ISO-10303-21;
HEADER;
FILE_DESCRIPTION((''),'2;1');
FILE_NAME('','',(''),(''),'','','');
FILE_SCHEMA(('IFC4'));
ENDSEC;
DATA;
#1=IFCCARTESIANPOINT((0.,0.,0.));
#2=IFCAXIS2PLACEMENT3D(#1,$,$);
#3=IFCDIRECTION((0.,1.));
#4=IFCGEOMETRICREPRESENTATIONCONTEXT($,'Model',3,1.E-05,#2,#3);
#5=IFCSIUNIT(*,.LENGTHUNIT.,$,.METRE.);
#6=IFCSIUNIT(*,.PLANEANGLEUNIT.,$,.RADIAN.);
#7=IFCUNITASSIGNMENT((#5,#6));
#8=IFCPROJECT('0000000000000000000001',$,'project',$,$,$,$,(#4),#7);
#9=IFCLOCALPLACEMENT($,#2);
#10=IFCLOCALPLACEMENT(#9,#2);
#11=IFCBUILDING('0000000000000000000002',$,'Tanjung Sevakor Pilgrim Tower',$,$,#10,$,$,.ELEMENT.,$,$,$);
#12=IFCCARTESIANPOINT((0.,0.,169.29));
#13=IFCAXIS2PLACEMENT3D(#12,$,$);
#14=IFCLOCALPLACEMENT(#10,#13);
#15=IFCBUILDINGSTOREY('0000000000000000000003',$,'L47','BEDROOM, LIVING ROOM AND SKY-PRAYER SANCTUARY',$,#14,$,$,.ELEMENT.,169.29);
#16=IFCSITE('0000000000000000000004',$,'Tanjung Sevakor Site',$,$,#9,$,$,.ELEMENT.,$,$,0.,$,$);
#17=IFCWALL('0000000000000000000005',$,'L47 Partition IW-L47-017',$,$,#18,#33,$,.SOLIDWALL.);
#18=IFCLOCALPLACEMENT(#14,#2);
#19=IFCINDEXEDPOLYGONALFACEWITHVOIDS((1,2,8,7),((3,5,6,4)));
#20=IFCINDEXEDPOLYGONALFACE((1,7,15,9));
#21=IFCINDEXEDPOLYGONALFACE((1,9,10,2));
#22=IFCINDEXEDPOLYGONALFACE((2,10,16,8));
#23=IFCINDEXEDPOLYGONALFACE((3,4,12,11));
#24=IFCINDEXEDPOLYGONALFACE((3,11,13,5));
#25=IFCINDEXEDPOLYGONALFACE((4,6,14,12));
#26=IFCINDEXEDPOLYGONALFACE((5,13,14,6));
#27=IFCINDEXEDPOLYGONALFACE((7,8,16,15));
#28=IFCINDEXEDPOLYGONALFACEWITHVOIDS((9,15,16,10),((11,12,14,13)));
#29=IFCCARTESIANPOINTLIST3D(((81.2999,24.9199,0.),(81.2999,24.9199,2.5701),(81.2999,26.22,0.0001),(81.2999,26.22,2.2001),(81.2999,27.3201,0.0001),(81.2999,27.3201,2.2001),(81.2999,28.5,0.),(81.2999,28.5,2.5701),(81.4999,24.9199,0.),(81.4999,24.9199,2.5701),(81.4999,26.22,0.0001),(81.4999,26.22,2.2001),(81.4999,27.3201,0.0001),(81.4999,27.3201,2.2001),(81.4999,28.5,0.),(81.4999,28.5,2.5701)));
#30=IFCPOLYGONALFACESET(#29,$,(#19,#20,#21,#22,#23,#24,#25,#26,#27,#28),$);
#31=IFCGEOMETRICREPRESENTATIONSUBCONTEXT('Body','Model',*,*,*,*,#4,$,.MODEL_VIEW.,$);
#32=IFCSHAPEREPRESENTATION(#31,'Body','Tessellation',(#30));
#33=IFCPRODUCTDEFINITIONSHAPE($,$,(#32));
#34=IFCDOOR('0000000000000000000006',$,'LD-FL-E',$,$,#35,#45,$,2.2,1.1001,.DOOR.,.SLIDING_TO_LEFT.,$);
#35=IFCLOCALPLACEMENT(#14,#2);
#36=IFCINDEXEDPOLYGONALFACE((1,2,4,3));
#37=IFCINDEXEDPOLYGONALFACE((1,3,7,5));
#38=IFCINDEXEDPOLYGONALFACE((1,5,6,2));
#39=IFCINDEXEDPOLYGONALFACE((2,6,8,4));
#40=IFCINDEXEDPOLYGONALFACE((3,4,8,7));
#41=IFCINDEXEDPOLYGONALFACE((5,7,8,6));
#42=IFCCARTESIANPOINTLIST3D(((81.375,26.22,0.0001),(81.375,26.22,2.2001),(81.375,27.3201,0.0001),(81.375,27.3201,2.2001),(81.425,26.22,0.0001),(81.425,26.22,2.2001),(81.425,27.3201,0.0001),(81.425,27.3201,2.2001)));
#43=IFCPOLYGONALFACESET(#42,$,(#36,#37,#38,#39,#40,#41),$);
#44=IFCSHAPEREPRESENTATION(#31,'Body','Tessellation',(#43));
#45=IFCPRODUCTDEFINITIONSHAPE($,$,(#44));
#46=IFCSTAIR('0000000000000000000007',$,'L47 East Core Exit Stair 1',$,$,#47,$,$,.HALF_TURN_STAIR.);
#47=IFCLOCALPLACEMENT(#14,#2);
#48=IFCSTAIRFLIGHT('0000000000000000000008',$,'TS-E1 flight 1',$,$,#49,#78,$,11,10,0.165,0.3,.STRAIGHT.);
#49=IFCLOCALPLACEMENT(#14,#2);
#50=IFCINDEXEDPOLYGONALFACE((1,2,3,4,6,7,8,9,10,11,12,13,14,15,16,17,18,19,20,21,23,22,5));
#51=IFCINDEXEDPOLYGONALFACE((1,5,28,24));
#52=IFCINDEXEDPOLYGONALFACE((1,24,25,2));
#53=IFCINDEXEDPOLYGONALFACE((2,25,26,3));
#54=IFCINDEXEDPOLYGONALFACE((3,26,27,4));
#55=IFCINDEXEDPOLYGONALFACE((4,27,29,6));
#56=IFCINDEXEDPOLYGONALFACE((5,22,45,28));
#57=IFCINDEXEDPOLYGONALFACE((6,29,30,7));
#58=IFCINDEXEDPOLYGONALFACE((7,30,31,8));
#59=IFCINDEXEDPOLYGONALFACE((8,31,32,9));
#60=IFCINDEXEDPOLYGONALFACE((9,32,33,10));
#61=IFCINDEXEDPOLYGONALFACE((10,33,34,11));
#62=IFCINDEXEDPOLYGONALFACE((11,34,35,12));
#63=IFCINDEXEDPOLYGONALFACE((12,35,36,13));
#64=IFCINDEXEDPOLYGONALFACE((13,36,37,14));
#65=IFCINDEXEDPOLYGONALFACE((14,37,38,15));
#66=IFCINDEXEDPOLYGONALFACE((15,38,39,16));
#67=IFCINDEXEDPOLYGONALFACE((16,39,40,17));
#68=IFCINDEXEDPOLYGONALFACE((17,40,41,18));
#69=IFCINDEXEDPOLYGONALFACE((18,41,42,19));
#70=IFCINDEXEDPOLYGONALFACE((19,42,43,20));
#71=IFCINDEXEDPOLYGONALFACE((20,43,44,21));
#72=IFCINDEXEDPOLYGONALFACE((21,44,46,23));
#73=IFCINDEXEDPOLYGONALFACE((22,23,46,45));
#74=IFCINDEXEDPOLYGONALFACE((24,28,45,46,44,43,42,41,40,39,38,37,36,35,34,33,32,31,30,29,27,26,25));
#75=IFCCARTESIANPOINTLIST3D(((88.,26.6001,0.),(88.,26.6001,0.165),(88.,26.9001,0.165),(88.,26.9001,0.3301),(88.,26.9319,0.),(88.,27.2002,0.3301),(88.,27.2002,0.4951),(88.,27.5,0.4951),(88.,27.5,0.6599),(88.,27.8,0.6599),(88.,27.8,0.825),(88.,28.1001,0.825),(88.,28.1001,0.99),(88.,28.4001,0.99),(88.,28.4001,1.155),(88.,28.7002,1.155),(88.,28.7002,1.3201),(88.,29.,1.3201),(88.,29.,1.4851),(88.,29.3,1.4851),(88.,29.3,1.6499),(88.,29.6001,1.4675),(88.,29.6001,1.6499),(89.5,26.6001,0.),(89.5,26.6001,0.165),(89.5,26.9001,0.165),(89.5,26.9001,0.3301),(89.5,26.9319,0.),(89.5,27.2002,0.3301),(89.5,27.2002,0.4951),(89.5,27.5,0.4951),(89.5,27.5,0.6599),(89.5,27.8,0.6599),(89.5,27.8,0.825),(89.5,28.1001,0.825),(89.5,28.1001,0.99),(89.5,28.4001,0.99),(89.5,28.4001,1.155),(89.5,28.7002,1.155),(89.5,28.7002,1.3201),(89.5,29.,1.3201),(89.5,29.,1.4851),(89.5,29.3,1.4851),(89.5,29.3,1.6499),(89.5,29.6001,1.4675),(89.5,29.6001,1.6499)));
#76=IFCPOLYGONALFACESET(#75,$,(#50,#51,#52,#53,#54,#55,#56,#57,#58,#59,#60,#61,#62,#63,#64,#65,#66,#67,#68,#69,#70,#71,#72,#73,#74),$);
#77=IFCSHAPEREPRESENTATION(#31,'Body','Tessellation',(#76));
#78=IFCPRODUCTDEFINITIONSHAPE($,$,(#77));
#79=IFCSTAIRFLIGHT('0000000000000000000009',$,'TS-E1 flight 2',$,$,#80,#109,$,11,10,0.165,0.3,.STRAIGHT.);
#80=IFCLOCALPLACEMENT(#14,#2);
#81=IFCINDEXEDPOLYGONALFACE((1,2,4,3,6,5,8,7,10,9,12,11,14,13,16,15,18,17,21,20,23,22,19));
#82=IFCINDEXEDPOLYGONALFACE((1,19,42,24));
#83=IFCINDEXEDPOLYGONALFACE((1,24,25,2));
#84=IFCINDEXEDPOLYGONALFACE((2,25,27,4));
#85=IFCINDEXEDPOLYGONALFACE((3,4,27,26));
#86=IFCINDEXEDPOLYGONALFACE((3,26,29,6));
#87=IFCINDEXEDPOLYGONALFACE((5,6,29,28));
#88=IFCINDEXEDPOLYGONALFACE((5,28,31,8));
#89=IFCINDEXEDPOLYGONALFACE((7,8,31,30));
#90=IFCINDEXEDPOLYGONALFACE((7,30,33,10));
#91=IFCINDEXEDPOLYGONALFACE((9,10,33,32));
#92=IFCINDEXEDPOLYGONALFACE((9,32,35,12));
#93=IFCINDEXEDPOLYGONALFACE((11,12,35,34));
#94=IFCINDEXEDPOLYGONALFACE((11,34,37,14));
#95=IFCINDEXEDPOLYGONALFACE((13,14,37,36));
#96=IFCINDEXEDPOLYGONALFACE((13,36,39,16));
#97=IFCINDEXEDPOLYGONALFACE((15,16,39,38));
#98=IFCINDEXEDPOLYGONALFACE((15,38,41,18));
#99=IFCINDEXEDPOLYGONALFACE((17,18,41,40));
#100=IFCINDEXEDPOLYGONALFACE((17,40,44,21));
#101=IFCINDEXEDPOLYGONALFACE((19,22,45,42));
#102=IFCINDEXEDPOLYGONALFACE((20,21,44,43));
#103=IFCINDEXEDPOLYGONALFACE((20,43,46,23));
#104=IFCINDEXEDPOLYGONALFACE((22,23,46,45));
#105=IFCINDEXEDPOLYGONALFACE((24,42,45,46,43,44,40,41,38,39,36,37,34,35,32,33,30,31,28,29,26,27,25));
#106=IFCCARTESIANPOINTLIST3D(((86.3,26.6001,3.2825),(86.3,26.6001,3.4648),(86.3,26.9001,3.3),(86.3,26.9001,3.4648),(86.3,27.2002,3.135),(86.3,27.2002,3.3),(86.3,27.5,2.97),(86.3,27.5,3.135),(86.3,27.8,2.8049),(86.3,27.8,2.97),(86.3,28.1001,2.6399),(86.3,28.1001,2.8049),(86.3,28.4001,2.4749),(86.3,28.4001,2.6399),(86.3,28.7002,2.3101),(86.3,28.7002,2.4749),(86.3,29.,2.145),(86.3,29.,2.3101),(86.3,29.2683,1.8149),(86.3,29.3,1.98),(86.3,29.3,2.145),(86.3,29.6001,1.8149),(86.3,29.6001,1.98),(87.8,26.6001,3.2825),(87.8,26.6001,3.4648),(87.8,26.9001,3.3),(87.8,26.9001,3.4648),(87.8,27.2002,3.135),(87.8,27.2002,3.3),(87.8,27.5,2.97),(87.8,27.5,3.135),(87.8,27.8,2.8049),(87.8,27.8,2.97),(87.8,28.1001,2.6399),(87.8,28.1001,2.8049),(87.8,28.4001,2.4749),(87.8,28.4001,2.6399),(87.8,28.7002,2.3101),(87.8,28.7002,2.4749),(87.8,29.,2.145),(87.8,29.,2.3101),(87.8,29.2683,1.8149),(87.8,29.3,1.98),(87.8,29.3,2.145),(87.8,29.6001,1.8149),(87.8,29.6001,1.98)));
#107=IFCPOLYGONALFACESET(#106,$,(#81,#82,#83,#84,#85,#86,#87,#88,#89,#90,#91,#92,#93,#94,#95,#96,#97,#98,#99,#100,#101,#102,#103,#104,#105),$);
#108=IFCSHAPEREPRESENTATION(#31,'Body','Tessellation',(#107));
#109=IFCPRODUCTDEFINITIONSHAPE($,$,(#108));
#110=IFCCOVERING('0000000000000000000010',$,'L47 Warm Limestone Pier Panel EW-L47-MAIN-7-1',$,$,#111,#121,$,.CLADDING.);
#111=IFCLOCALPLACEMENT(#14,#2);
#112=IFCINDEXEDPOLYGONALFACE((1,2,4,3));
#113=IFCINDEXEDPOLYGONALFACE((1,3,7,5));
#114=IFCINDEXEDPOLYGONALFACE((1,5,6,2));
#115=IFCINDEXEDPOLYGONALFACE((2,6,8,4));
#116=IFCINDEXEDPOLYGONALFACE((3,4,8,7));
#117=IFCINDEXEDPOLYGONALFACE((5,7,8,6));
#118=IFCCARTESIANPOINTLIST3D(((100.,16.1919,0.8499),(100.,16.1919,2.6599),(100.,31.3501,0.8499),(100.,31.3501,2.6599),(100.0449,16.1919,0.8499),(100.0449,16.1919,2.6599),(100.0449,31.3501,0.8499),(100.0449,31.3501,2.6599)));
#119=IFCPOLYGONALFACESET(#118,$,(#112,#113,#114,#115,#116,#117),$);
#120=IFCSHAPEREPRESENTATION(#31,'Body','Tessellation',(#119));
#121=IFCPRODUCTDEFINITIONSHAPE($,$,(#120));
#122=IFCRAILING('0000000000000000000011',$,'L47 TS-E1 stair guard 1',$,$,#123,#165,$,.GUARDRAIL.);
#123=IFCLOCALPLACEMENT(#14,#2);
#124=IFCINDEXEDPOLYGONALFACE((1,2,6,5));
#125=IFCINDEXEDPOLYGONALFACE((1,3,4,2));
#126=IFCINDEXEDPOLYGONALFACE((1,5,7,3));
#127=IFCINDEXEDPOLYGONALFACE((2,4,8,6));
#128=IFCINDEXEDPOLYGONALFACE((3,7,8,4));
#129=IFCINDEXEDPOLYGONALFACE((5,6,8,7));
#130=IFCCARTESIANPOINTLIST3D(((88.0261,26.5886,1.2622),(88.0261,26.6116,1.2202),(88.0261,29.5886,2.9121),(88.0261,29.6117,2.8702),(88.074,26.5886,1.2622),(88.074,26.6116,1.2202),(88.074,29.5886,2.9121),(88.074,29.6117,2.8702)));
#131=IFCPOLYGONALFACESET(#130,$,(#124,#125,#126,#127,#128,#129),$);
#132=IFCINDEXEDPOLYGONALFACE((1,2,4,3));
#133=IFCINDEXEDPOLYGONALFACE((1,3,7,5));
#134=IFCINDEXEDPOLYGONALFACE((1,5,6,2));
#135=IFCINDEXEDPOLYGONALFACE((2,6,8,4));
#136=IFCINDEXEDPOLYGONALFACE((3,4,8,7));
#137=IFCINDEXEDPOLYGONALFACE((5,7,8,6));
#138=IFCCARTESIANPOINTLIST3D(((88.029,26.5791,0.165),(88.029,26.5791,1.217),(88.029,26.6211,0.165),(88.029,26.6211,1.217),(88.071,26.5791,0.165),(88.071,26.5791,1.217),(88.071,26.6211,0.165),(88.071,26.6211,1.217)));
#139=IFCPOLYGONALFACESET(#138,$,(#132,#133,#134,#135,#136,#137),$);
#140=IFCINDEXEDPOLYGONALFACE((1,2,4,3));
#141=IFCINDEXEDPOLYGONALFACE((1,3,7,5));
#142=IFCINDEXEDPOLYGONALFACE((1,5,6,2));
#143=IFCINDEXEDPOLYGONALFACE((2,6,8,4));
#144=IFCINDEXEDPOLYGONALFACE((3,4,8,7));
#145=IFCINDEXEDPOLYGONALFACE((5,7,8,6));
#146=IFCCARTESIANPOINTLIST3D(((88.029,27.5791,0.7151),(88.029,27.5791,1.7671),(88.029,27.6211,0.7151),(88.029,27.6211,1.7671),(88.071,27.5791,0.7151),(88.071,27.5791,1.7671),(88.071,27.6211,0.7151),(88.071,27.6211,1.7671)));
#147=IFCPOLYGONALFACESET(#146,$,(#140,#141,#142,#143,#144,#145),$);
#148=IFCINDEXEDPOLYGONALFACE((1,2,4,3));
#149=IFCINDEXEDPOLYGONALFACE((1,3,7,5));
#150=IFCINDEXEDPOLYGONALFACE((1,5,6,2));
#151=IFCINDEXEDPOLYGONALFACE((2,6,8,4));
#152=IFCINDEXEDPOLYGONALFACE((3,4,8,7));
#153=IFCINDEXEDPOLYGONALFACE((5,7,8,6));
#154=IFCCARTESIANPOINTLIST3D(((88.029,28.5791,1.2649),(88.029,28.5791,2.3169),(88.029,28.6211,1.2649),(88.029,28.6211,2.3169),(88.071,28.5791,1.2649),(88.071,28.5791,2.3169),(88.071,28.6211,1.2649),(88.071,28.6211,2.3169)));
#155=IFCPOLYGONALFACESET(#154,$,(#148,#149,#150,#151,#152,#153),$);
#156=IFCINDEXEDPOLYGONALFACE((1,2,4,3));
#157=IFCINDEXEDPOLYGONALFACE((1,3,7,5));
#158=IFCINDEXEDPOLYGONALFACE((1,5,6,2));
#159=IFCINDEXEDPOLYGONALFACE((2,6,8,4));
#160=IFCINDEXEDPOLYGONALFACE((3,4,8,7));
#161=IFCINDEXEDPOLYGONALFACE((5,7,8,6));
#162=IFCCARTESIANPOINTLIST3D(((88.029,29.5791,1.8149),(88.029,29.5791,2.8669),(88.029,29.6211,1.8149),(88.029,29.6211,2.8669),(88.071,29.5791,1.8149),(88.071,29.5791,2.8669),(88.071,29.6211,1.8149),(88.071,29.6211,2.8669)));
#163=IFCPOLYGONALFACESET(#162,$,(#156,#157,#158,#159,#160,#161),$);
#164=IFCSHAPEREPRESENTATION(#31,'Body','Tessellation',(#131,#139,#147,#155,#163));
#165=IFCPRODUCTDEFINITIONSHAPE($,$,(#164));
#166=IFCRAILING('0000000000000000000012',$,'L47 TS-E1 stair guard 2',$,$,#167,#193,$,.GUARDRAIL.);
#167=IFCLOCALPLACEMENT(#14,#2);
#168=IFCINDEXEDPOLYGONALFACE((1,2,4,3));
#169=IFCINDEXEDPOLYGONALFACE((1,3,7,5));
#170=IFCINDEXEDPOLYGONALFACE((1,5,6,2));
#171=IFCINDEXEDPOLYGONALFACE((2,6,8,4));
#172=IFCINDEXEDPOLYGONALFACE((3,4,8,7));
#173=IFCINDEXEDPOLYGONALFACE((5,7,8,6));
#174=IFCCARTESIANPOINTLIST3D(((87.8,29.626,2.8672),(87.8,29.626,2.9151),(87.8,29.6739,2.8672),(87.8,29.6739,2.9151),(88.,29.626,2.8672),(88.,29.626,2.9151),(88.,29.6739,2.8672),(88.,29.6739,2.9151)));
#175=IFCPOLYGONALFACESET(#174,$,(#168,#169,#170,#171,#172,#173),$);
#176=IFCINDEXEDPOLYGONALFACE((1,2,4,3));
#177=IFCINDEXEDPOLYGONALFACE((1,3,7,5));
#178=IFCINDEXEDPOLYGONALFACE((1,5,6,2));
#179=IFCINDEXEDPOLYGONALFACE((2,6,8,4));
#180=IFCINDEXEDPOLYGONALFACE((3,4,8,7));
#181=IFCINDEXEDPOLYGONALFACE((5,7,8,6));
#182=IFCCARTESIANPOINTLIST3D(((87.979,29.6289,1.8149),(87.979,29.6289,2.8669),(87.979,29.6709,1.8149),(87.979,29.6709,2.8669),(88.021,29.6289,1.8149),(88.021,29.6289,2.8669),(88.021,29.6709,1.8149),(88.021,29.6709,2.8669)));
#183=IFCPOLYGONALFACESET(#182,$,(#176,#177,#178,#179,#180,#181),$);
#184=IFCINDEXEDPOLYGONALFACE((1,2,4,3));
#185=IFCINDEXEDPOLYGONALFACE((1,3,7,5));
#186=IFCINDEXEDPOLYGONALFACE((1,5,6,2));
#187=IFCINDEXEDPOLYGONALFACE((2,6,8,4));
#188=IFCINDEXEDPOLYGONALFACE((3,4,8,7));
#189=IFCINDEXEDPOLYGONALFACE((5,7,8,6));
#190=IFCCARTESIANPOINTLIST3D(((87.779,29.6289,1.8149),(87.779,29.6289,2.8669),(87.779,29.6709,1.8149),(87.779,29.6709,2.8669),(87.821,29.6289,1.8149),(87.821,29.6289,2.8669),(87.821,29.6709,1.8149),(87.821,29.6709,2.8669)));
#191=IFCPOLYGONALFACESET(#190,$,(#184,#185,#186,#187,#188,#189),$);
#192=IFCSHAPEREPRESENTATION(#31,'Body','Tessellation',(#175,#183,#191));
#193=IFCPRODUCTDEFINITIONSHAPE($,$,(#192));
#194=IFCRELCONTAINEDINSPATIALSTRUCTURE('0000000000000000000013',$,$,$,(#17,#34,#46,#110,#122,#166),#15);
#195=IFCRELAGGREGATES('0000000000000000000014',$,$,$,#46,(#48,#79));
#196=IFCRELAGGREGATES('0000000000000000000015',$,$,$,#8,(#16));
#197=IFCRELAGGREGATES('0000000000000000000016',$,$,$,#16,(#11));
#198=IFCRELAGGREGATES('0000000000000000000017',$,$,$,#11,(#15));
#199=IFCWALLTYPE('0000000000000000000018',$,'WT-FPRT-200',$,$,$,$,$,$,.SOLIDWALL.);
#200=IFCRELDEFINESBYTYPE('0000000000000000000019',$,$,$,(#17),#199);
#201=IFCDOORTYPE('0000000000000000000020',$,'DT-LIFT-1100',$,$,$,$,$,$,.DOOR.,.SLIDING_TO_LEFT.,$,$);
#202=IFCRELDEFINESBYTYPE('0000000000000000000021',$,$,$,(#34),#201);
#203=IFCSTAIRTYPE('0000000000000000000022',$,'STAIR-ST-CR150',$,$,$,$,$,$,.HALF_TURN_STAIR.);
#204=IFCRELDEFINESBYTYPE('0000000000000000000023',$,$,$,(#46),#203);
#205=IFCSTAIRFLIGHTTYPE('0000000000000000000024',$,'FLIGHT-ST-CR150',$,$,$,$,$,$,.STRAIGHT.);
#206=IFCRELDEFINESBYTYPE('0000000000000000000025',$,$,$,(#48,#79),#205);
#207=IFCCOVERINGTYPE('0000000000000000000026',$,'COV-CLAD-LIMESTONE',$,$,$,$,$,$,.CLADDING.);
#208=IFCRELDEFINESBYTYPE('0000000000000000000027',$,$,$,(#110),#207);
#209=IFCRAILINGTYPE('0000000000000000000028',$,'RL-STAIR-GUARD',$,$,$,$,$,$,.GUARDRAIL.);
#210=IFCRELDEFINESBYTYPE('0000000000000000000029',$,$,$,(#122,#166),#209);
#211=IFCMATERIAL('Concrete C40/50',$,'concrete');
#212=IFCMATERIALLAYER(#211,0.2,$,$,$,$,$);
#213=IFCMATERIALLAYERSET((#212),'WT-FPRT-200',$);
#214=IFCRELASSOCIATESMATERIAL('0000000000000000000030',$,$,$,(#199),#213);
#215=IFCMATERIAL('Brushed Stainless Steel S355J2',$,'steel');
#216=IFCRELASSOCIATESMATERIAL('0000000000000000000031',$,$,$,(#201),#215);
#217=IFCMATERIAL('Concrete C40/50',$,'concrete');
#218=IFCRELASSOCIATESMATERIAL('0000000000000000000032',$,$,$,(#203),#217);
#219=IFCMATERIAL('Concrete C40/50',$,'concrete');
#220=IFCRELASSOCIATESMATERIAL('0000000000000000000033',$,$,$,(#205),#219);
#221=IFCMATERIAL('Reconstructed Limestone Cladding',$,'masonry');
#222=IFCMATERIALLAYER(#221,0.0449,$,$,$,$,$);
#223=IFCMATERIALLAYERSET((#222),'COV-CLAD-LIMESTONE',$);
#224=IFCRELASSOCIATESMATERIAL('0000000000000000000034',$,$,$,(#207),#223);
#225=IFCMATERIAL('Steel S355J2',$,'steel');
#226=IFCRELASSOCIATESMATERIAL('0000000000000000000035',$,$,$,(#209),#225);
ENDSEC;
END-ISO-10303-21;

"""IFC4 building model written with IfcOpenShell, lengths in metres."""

from ifc_helpers import new_model, si_unit, direction, frame, frame_2d, origin, origin_2d, place, context, subcontext, project, spatial, polyline, rectangle, outline, extrude, material, layer, layer_set, type_object, element, fill, aggregate, save


model = new_model("IFC4")

# Units and contexts
model_context = context("Model", 3, precision=1e-05, world=origin(), true_north=direction((0.0, 1.0)))
body_context = subcontext(model_context, "Body", "Model", "MODEL_VIEW")
ifc_project = project(units=[si_unit("LENGTHUNIT", "METRE"), si_unit("PLANEANGLEUNIT", "RADIAN")], contexts=[model_context])

# Site, building, storey
site_placement = place(None, origin())
site = spatial("IfcSite", under=ifc_project, at=site_placement, Name="Tanjung Sevakor Site", CompositionType="ELEMENT", RefElevation=0.0)
building_placement = place(site_placement, origin())
building = spatial("IfcBuilding", under=site, at=building_placement, Name="Tanjung Sevakor Pilgrim Tower", CompositionType="ELEMENT")
storey_placement = place(building_placement, frame((0.0, 0.0, 169.29)))
storey = spatial("IfcBuildingStorey", under=building, at=storey_placement, Name="L47", Description="BEDROOM, LIVING ROOM AND SKY-PRAYER SANCTUARY", CompositionType="ELEMENT", Elevation=169.29)

# Wall, opening, door
ifc_material_1 = material(Name="Concrete C40/50", Category="concrete")
ifc_layer_1 = layer(ifc_material_1, 0.2)
ifc_layer_set_1 = layer_set([ifc_layer_1], Name="WT-FPRT-200")
wall_type_1 = type_object("IfcWallType", Name="WT-FPRT-200", PredefinedType="SOLIDWALL", material=ifc_layer_set_1)
wall_1_placement = place(storey_placement, frame((81.3999, 24.9199, 0.0), z_axis=(0.0, 0.0, 1.0), x_axis=(0.0, 1.0, 0.0)))
wall_1 = element("IfcWall", 1, at=wall_1_placement, inside=storey, type_object=wall_type_1, Name="L47 Partition IW-L47-017", PredefinedType="SOLIDWALL", context=body_context, shape_type="SweptSolid", body=[
    extrude(rectangle(XDim=3.5801, YDim=0.2, at=frame_2d((1.79, 0.0))), origin(), (0.0, 0.0, 1.0), 2.5701),
])
opening_1_placement = place(wall_1_placement, frame((1.3, 0.0, 0.0)))
opening_1 = element("IfcOpeningElement", 2, at=opening_1_placement, cuts=wall_1, PredefinedType="OPENING", context=body_context, shape_type="SweptSolid", body=[
    extrude(rectangle(XDim=1.1001, YDim=2.2, at=frame_2d((0.55, 1.1001))), frame((0.0, 0.1099, 0.0), z_axis=(0.0, -1.0, 0.0), x_axis=(1.0, 0.0, 0.0)), (0.0, 0.0, 1.0), 0.22),
])
ifc_material_2 = material(Name="Brushed Stainless Steel S355J2", Category="steel")
door_type_1 = type_object("IfcDoorType", Name="DT-LIFT-1100", OperationType="SLIDING_TO_LEFT", PredefinedType="DOOR", material=ifc_material_2)
door_1_placement = place(opening_1_placement, origin())
door_1 = element("IfcDoor", 3, at=door_1_placement, inside=storey, type_object=door_type_1, Name="LD-FL-E", OperationType="SLIDING_TO_LEFT", OverallHeight=2.2, OverallWidth=1.1001, PredefinedType="DOOR", context=body_context, shape_type="SweptSolid", body=[
    extrude(rectangle(XDim=1.1001, YDim=2.2, at=frame_2d((0.55, 1.1001))), frame((0.0, 0.0249, 0.0), z_axis=(0.0, -1.0, 0.0), x_axis=(1.0, 0.0, 0.0)), (0.0, 0.0, 1.0), 0.05),
])
fill(opening_1, door_1)

# Stair, stair flights
ifc_material_3 = material(Name="Concrete C40/50", Category="concrete")
stair_type = type_object("IfcStairType", Name="STAIR-ST-CR150", PredefinedType="HALF_TURN_STAIR", material=ifc_material_3)
stair_placement = place(storey_placement, origin())
stair = element("IfcStair", 4, at=stair_placement, inside=storey, type_object=stair_type, Name="L47 East Core Exit Stair 1", PredefinedType="HALF_TURN_STAIR")
ifc_material_4 = material(Name="Concrete C40/50", Category="concrete")
stair_flight_type = type_object("IfcStairFlightType", Name="FLIGHT-ST-CR150", PredefinedType="STRAIGHT", material=ifc_material_4)
stair_flight_1_placement = place(storey_placement, frame((88.75, 26.6001, 0.0), z_axis=(0.0, 0.0, 1.0), x_axis=(0.0, 1.0, 0.0)))
stair_flight_1 = element("IfcStairFlight", 5, at=stair_flight_1_placement, type_object=stair_flight_type, Name="TS-E1 flight 1", NumberOfRisers=11, NumberOfTreads=10, PredefinedType="STRAIGHT", RiserHeight=0.165, TreadLength=0.3, context=body_context, shape_type="SweptSolid", body=[
    extrude(outline(polyline([(0.0, 0.0), (0.0, 0.165), (0.3, 0.165), (0.3, 0.3301), (0.6001, 0.3301), (0.6001, 0.4951), (0.8999, 0.4951), (0.8999, 0.6599), (1.2, 0.6599), (1.2, 0.825), (1.5, 0.825), (1.5, 0.99), (1.8, 0.99), (1.8, 1.155), (2.1001, 1.155), (2.1001, 1.3201), (2.3999, 1.3201), (2.3999, 1.4851), (2.7, 1.4851), (2.7, 1.6499), (3.0, 1.6499), (3.0, 1.8149), (3.0, 1.4675), (0.3318, 0.0), (0.0, 0.0)])), frame((0.0, 0.75, 0.0), z_axis=(0.0, -1.0, 0.0), x_axis=(1.0, 0.0, 0.0)), (0.0, 0.0, 1.0), 1.5),
])
stair_flight_2_placement = place(storey_placement, frame((87.05, 29.6001, 1.8149), z_axis=(0.0, 0.0, 1.0), x_axis=(0.0, -1.0, 0.0)))
stair_flight_2 = element("IfcStairFlight", 6, at=stair_flight_2_placement, type_object=stair_flight_type, Name="TS-E1 flight 2", NumberOfRisers=11, NumberOfTreads=10, PredefinedType="STRAIGHT", RiserHeight=0.165, TreadLength=0.3, context=body_context, shape_type="SweptSolid", body=[
    extrude(outline(polyline([(0.0, 0.0), (0.0, 0.165), (0.3, 0.165), (0.3, 0.3301), (0.6001, 0.3301), (0.6001, 0.4951), (0.8999, 0.4951), (0.8999, 0.6599), (1.2, 0.6599), (1.2, 0.825), (1.5, 0.825), (1.5, 0.99), (1.8, 0.99), (1.8, 1.155), (2.1001, 1.155), (2.1001, 1.3201), (2.3999, 1.3201), (2.3999, 1.4851), (2.7, 1.4851), (2.7, 1.6499), (3.0, 1.6499), (3.0, 1.8149), (3.0, 1.4675), (0.3318, 0.0), (0.0, 0.0)])), frame((0.0, 0.75, 0.0), z_axis=(0.0, -1.0, 0.0), x_axis=(1.0, 0.0, 0.0)), (0.0, 0.0, 1.0), 1.5),
])
aggregate(stair, [stair_flight_1, stair_flight_2])

# Covering
ifc_material_5 = material(Name="Reconstructed Limestone Cladding", Category="masonry")
ifc_layer_2 = layer(ifc_material_5, 0.0449)
ifc_layer_set_2 = layer_set([ifc_layer_2], Name="COV-CLAD-LIMESTONE")
covering_type = type_object("IfcCoveringType", Name="COV-CLAD-LIMESTONE", PredefinedType="CLADDING", material=ifc_layer_set_2)
covering_placement = place(storey_placement, frame((100.0225, 23.771, 0.8499), z_axis=(0.0, 0.0, 1.0), x_axis=(0.0, 1.0, 0.0)))
element("IfcCovering", 7, at=covering_placement, inside=storey, type_object=covering_type, Name="L47 Warm Limestone Pier Panel EW-L47-MAIN-7-1", PredefinedType="CLADDING", context=body_context, shape_type="SweptSolid", body=[
    extrude(rectangle(XDim=15.1582, YDim=0.0449, at=origin_2d()), origin(), (0.0, 0.0, 1.0), 1.8101),
])

# Railings
ifc_material_6 = material(Name="Steel S355J2", Category="steel")
railing_type_1 = type_object("IfcRailingType", Name="RL-STAIR-GUARD", PredefinedType="GUARDRAIL", material=ifc_material_6)
railing_1_placement = place(storey_placement, frame((88.05, 26.6001, 0.165)))
element("IfcRailing", 8, at=railing_1_placement, inside=storey, type_object=railing_type_1, Name="L47 TS-E1 stair guard 1", PredefinedType="GUARDRAIL", context=body_context, shape_type="SweptSolid", body=[
    extrude(rectangle(XDim=0.0479, YDim=0.0479), frame((0.0, 0.0, 1.0762), z_axis=(0.0, 0.876228, 0.481897), x_axis=(-1.0, 0.0, 0.0)), (0.0, 0.0, 1.0), 3.4238),
    extrude(rectangle(XDim=0.042, YDim=0.042), origin(), (0.0, 0.0, 1.0), 1.052),
    extrude(rectangle(XDim=0.042, YDim=0.042), frame((0.0, 1.0, 0.55)), (0.0, 0.0, 1.0), 1.052),
    extrude(rectangle(XDim=0.042, YDim=0.042), frame((0.0, 2.0, 1.0999)), (0.0, 0.0, 1.0), 1.052),
    extrude(rectangle(XDim=0.042, YDim=0.042), frame((0.0, 3.0, 1.6499)), (0.0, 0.0, 1.0), 1.052),
])
railing_2_placement = place(storey_placement, frame((88.0, 29.6499, 1.8149)))
element("IfcRailing", 9, at=railing_2_placement, inside=storey, type_object=railing_type_1, Name="L47 TS-E1 stair guard 2", PredefinedType="GUARDRAIL", context=body_context, shape_type="SweptSolid", body=[
    extrude(rectangle(XDim=0.0479, YDim=0.0479), frame((0.0, 0.0, 1.0762), z_axis=(-1.0, 0.0, 0.0), x_axis=(0.0, -1.0, 0.0)), (0.0, 0.0, 1.0), 0.2),
    extrude(rectangle(XDim=0.042, YDim=0.042), origin(), (0.0, 0.0, 1.0), 1.052),
    extrude(rectangle(XDim=0.042, YDim=0.042), frame((-0.2, 0.0, 0.0)), (0.0, 0.0, 1.0), 1.052),
])

save(model, "model.ifc")
